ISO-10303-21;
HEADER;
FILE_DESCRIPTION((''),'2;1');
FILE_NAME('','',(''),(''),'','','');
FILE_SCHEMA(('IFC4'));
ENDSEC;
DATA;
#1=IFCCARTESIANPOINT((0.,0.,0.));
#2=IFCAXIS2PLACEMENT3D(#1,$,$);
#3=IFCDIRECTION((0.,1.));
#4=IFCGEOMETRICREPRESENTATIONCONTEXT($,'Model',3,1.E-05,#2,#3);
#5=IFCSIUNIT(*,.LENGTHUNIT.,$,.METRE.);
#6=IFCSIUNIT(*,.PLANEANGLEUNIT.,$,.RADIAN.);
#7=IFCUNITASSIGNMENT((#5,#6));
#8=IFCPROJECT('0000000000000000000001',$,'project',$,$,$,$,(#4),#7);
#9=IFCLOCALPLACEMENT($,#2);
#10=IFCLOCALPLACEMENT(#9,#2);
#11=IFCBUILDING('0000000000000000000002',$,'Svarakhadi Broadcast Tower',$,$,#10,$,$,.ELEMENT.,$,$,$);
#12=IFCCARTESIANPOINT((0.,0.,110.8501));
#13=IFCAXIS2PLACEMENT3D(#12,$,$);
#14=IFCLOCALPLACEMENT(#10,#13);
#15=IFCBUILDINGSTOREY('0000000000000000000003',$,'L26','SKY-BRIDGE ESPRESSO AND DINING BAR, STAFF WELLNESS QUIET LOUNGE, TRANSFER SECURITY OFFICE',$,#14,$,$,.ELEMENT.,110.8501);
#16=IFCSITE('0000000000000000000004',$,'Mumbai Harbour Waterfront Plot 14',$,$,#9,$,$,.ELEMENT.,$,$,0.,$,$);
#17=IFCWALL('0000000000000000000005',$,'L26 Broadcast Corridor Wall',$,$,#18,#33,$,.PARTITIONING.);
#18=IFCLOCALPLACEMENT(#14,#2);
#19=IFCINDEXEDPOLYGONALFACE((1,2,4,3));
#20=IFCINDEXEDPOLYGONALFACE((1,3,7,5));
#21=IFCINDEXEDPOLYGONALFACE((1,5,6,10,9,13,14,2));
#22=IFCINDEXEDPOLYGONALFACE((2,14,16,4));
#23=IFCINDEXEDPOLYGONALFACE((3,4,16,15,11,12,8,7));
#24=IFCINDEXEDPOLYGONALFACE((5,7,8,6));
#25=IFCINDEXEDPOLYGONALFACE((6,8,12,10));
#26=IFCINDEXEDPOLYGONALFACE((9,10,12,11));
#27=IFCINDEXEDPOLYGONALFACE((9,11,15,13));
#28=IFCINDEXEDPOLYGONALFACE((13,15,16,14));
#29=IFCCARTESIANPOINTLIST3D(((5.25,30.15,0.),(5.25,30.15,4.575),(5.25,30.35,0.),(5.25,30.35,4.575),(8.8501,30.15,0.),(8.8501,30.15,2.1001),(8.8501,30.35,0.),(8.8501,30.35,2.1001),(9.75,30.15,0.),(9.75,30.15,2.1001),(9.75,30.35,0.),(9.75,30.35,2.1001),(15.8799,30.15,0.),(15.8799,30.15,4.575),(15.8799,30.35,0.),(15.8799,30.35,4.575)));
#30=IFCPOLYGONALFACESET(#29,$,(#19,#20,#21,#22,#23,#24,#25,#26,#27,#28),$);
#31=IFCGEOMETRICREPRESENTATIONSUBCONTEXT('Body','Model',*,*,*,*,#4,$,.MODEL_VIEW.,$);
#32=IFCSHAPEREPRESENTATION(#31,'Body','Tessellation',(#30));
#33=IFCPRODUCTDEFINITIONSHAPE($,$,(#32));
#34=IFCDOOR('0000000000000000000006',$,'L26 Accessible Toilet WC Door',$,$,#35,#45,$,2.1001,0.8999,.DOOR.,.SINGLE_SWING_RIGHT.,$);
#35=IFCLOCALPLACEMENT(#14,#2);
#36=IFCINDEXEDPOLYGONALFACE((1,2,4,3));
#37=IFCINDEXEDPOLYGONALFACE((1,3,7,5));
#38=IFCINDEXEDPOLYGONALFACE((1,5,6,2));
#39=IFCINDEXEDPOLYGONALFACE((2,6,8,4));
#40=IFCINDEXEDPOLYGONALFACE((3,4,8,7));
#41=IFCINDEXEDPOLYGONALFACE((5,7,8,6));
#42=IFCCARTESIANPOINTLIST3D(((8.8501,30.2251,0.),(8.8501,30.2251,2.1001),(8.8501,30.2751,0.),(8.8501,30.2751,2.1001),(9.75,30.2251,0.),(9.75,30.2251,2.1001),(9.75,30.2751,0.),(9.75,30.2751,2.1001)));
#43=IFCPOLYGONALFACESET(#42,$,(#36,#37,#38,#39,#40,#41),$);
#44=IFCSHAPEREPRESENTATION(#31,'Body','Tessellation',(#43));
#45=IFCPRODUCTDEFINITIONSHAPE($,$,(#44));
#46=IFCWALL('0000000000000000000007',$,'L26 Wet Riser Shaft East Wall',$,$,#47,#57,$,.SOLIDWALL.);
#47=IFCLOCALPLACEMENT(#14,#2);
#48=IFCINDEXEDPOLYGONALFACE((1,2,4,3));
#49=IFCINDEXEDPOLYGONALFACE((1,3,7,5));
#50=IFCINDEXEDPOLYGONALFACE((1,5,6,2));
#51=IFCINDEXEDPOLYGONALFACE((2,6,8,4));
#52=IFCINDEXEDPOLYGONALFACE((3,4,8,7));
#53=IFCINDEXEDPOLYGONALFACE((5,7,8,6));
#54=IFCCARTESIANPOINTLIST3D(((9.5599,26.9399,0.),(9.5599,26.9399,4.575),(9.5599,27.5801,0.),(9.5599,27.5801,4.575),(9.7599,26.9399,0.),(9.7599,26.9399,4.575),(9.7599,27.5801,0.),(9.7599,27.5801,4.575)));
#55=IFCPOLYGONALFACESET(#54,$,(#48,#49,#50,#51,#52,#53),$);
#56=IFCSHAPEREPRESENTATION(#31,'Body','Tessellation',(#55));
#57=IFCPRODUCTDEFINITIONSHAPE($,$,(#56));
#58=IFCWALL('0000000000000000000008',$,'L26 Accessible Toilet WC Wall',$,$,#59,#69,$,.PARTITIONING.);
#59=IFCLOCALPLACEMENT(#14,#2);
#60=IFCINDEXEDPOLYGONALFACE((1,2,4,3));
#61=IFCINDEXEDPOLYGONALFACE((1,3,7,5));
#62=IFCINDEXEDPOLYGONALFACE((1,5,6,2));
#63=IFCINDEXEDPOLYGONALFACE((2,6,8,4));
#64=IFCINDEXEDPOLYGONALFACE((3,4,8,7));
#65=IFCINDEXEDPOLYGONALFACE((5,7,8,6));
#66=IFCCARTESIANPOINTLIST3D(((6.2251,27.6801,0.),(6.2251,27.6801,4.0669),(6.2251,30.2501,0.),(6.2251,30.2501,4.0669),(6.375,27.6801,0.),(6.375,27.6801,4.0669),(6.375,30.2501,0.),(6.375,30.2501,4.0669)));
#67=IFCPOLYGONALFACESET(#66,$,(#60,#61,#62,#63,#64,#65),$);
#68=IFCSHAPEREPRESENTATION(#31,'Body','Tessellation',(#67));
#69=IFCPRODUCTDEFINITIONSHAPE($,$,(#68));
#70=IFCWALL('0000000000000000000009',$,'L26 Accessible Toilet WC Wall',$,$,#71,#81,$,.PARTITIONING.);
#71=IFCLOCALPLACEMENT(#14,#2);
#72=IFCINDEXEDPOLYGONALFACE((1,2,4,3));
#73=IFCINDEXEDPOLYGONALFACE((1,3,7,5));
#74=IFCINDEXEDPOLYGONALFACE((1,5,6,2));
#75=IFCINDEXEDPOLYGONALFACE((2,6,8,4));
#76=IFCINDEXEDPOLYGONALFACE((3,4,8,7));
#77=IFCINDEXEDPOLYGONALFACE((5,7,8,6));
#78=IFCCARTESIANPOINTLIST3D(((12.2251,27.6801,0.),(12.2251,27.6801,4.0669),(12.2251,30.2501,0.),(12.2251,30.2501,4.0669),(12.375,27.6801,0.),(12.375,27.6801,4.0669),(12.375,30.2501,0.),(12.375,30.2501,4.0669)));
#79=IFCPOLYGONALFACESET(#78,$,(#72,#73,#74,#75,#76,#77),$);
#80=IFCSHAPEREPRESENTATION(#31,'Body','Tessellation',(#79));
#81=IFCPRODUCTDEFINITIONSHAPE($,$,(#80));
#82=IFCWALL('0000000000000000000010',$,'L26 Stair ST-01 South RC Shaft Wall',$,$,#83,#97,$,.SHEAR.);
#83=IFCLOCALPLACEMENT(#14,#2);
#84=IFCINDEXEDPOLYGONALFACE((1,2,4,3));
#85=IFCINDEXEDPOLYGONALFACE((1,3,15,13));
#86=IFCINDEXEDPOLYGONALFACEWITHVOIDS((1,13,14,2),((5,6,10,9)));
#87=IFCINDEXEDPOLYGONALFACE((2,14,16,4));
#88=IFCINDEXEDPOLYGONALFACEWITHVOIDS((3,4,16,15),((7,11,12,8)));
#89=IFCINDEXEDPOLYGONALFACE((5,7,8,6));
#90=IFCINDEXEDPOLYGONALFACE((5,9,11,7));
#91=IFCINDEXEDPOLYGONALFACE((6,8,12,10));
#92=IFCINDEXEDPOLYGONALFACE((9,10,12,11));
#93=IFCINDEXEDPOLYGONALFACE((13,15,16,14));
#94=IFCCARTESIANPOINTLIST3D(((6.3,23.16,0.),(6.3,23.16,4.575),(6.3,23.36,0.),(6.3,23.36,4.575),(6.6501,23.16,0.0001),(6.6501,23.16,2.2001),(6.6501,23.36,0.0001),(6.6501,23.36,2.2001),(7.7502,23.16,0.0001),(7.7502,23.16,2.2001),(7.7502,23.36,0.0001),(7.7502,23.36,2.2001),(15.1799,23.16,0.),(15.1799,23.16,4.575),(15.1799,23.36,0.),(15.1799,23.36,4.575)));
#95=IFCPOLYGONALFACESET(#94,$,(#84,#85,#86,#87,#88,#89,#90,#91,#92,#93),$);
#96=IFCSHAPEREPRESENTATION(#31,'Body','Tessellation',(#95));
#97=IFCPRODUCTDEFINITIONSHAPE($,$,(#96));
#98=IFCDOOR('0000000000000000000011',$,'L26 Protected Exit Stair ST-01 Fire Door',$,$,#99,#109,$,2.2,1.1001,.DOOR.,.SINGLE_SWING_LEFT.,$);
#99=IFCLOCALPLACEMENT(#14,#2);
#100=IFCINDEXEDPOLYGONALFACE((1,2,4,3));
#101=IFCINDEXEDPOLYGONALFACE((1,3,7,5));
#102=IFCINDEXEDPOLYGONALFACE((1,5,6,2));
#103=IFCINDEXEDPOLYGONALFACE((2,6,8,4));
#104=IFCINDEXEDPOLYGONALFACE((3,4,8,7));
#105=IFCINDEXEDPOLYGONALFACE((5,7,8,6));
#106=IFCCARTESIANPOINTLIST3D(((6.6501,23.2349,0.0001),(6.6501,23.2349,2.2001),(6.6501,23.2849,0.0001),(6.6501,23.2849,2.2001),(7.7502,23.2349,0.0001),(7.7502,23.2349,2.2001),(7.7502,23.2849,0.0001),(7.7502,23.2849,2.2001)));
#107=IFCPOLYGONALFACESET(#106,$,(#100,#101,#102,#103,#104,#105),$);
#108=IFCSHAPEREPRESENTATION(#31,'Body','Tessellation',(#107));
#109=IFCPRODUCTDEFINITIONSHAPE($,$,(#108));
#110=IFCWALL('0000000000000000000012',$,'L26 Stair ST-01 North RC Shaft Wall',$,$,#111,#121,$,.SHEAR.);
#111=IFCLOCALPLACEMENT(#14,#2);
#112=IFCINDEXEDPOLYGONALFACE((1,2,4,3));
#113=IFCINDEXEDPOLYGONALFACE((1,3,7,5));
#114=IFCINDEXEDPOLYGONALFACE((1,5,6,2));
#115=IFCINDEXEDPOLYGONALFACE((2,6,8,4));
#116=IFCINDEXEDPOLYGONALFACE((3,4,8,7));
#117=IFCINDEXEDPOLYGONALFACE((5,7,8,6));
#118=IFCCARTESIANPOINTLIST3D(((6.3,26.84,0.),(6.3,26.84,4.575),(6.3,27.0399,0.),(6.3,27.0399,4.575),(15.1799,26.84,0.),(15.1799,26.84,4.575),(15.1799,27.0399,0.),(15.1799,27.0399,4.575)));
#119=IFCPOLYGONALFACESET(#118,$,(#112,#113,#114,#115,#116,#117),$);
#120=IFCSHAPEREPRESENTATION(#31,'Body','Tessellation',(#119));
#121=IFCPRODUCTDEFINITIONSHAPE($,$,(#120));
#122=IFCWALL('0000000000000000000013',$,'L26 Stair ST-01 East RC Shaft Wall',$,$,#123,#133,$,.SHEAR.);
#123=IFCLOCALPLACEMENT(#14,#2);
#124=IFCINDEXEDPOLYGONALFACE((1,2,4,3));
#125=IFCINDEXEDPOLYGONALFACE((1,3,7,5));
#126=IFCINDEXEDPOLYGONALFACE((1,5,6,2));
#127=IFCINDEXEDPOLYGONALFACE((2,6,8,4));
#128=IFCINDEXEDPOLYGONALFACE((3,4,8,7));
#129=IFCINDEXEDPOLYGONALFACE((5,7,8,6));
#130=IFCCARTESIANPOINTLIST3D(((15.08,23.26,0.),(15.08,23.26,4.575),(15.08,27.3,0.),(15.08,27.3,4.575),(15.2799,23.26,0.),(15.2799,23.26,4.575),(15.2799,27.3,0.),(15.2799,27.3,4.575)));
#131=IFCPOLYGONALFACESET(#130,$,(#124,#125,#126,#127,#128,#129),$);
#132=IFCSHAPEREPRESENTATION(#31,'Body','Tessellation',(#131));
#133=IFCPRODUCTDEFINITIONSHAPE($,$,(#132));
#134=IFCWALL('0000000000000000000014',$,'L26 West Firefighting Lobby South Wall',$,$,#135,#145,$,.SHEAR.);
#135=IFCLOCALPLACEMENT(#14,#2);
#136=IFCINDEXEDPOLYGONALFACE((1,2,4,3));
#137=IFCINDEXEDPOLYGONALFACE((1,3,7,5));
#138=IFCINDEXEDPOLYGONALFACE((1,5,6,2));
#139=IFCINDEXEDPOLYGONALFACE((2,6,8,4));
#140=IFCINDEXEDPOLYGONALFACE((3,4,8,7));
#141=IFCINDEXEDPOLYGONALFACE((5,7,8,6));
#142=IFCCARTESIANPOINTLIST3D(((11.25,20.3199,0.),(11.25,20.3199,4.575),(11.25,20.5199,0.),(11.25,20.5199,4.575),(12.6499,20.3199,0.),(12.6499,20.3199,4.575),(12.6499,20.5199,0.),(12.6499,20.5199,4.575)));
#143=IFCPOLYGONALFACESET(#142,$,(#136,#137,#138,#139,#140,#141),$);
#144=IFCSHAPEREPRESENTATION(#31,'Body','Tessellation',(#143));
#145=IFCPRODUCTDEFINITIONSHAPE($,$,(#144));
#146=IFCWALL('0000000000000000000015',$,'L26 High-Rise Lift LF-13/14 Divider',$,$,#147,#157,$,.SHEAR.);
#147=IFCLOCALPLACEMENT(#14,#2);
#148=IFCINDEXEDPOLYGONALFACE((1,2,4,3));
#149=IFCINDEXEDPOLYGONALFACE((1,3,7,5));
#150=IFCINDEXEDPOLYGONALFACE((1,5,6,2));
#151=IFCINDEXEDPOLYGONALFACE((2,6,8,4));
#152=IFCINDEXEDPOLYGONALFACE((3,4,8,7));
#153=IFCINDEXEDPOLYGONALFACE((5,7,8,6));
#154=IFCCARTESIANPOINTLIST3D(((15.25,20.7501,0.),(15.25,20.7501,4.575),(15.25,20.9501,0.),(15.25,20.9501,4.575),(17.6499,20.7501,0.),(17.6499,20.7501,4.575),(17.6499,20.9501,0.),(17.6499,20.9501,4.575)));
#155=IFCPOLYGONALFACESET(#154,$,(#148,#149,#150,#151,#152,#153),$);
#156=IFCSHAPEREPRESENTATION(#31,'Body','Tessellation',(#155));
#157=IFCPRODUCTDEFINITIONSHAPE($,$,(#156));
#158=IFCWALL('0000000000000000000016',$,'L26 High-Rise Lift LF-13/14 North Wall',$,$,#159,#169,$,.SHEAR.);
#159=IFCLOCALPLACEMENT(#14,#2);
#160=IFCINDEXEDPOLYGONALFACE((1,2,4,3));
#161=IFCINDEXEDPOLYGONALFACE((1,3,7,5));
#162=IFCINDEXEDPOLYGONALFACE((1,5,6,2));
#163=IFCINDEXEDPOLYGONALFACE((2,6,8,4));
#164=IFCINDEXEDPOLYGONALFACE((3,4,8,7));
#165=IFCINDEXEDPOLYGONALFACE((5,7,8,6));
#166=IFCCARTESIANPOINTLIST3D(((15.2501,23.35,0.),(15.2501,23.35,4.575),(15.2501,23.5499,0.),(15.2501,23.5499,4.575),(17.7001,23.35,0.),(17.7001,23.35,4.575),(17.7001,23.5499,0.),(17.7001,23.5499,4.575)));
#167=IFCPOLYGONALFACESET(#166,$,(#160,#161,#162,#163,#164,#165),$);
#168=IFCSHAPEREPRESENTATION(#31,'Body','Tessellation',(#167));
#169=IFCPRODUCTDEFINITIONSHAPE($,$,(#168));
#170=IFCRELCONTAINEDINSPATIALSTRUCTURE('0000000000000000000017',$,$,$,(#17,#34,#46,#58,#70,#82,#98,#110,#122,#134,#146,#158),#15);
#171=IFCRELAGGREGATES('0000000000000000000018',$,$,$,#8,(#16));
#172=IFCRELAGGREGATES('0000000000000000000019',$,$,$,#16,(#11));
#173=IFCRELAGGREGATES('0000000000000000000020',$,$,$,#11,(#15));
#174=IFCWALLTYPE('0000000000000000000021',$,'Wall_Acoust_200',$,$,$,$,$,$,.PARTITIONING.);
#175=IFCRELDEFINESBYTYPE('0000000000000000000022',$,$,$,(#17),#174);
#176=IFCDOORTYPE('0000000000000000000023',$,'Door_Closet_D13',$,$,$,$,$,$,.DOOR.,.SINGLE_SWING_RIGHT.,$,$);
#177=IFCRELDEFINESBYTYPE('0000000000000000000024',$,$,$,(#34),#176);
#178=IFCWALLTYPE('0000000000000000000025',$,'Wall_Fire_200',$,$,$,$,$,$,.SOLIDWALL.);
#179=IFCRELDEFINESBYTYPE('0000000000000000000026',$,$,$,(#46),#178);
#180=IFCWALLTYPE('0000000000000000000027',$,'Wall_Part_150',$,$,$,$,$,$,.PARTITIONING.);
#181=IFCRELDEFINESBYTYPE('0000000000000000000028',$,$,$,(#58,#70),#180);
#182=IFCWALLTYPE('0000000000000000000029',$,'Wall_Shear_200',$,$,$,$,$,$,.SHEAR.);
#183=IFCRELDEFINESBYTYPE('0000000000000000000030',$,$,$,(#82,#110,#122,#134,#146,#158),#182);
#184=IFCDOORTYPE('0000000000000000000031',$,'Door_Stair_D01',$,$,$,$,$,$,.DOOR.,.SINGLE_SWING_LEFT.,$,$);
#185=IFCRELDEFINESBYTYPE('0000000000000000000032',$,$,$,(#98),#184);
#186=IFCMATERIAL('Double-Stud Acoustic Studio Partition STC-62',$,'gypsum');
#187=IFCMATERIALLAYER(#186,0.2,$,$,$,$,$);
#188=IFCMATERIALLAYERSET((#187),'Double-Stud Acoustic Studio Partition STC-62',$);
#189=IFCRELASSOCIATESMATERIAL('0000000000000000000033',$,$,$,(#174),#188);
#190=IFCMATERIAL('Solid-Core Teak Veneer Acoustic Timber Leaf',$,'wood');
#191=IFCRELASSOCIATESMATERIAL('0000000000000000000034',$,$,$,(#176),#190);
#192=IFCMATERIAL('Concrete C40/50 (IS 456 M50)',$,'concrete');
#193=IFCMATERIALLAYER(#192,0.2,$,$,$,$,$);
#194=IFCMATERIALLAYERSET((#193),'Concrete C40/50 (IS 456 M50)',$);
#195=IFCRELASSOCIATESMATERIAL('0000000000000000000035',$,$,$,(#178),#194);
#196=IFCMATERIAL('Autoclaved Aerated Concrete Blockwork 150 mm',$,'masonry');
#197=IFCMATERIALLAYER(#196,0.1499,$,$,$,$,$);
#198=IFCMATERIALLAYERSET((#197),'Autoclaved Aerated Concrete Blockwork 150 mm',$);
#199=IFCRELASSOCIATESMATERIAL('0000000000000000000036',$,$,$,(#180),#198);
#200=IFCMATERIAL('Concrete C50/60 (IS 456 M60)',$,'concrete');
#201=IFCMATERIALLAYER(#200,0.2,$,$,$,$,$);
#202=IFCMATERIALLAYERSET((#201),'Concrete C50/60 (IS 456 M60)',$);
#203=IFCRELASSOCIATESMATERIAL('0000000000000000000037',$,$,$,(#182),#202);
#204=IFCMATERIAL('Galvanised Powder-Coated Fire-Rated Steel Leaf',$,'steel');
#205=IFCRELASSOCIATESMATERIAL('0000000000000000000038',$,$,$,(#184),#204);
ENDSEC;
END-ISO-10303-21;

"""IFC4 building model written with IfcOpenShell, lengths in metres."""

from ifc_helpers import new_model, si_unit, direction, frame, frame_2d, origin, place, context, subcontext, project, spatial, rectangle, extrude, material, layer, layer_set, type_object, element, fill, save


model = new_model("IFC4")

# Units and contexts
model_context = context("Model", 3, precision=1e-05, world=origin(), true_north=direction((0.0, 1.0)))
body_context = subcontext(model_context, "Body", "Model", "MODEL_VIEW")
ifc_project = project(units=[si_unit("LENGTHUNIT", "METRE"), si_unit("PLANEANGLEUNIT", "RADIAN")], contexts=[model_context])

# Site, building, storey
site_placement = place(None, origin())
site = spatial("IfcSite", under=ifc_project, at=site_placement, Name="Mumbai Harbour Waterfront Plot 14", CompositionType="ELEMENT", RefElevation=0.0)
building_placement = place(site_placement, origin())
building = spatial("IfcBuilding", under=site, at=building_placement, Name="Svarakhadi Broadcast Tower", CompositionType="ELEMENT")
storey_placement = place(building_placement, frame((0.0, 0.0, 110.8501)))
storey = spatial("IfcBuildingStorey", under=building, at=storey_placement, Name="L26", Description="SKY-BRIDGE ESPRESSO AND DINING BAR, STAFF WELLNESS QUIET LOUNGE, TRANSFER SECURITY OFFICE", CompositionType="ELEMENT", Elevation=110.8501)

# Shared definitions
ifc_material_1 = material(Name="Concrete C50/60 (IS 456 M60)", Category="concrete")

# Shared definitions
ifc_material_2 = material(Name="Double-Stud Acoustic Studio Partition STC-62", Category="gypsum")
ifc_layer_1 = layer(ifc_material_2, 0.2)
ifc_layer_set_1 = layer_set([ifc_layer_1], Name="Double-Stud Acoustic Studio Partition STC-62")
wall_type_1 = type_object("IfcWallType", Name="Wall_Acoust_200", PredefinedType="PARTITIONING", material=ifc_layer_set_1)

# Wall, opening, door
wall_1_placement = place(storey_placement, frame((15.8799, 30.25, 0.0), z_axis=(0.0, 0.0, 1.0), x_axis=(-1.0, 0.0, 0.0)))
wall_1 = element("IfcWall", 1, at=wall_1_placement, inside=storey, type_object=wall_type_1, Name="L26 Broadcast Corridor Wall", PredefinedType="PARTITIONING", context=body_context, shape_type="SweptSolid", body=[
    extrude(rectangle(XDim=10.6299, YDim=0.2, at=frame_2d((5.3149, 0.0))), origin(), (0.0, 0.0, 1.0), 4.575),
])
opening_1_placement = place(wall_1_placement, frame((6.1299, 0.0, 0.0)))
opening_1 = element("IfcOpeningElement", 2, at=opening_1_placement, cuts=wall_1, PredefinedType="OPENING", context=body_context, shape_type="SweptSolid", body=[
    extrude(rectangle(XDim=0.8999, YDim=2.1001, at=frame_2d((0.45, 1.05))), frame((0.0, 0.1099, 0.0), z_axis=(0.0, -1.0, 0.0), x_axis=(1.0, 0.0, 0.0)), (0.0, 0.0, 1.0), 0.22),
])
ifc_material_3 = material(Name="Solid-Core Teak Veneer Acoustic Timber Leaf", Category="wood")
door_type_1 = type_object("IfcDoorType", Name="Door_Closet_D13", OperationType="SINGLE_SWING_RIGHT", PredefinedType="DOOR", material=ifc_material_3)
door_1_placement = place(opening_1_placement, origin())
door_1 = element("IfcDoor", 3, at=door_1_placement, inside=storey, type_object=door_type_1, Name="L26 Accessible Toilet WC Door", OperationType="SINGLE_SWING_RIGHT", OverallHeight=2.1001, OverallWidth=0.8999, PredefinedType="DOOR", context=body_context, shape_type="SweptSolid", body=[
    extrude(rectangle(XDim=0.8999, YDim=2.1001, at=frame_2d((0.45, 1.05))), frame((0.0, 0.0249, 0.0), z_axis=(0.0, -1.0, 0.0), x_axis=(1.0, 0.0, 0.0)), (0.0, 0.0, 1.0), 0.05),
])
fill(opening_1, door_1)

# Wall
ifc_material_4 = material(Name="Concrete C40/50 (IS 456 M50)", Category="concrete")
ifc_layer_2 = layer(ifc_material_4, 0.2)
ifc_layer_set_2 = layer_set([ifc_layer_2], Name="Concrete C40/50 (IS 456 M50)")
wall_type_2 = type_object("IfcWallType", Name="Wall_Fire_200", PredefinedType="SOLIDWALL", material=ifc_layer_set_2)
wall_2_placement = place(storey_placement, frame((9.6599, 26.9399, 0.0), z_axis=(0.0, 0.0, 1.0), x_axis=(0.0, 1.0, 0.0)))
element("IfcWall", 4, at=wall_2_placement, inside=storey, type_object=wall_type_2, Name="L26 Wet Riser Shaft East Wall", PredefinedType="SOLIDWALL", context=body_context, shape_type="SweptSolid", body=[
    extrude(rectangle(XDim=0.6401, YDim=0.2, at=frame_2d((0.3201, 0.0))), origin(), (0.0, 0.0, 1.0), 4.575),
])

# Shared definitions
ifc_material_5 = material(Name="Autoclaved Aerated Concrete Blockwork 150 mm", Category="masonry")
ifc_layer_3 = layer(ifc_material_5, 0.1499)
ifc_layer_set_3 = layer_set([ifc_layer_3], Name="Autoclaved Aerated Concrete Blockwork 150 mm")
wall_type_3 = type_object("IfcWallType", Name="Wall_Part_150", PredefinedType="PARTITIONING", material=ifc_layer_set_3)
ifc_material_6 = material(Name="Galvanised Powder-Coated Fire-Rated Steel Leaf", Category="steel")

# Walls
for number, where, z_axis, x_axis, name in (
    (5, (6.3, 27.6799, 0.0), (0.0, 0.0, 1.0), (0.0, 1.0, 0.0), "L26 Accessible Toilet WC Wall"),
    (6, (12.3, 27.6799, 0.0), (0.0, 0.0, 1.0), (0.0, 1.0, 0.0), "L26 Accessible Toilet WC Wall"),
):
    element("IfcWall", number, at=place(storey_placement, frame(where, z_axis=z_axis, x_axis=x_axis)), inside=storey, type_object=wall_type_3, Name=name, PredefinedType="PARTITIONING", context=body_context, shape_type="SweptSolid", body=[
        extrude(rectangle(XDim=2.5701, YDim=0.1499, at=frame_2d((1.2852, 0.0))), origin(), (0.0, 0.0, 1.0), 4.0669),
    ])

# Wall, opening, door
ifc_layer_4 = layer(ifc_material_1, 0.2)
ifc_layer_set_4 = layer_set([ifc_layer_4], Name="Concrete C50/60 (IS 456 M60)")
wall_type_4 = type_object("IfcWallType", Name="Wall_Shear_200", PredefinedType="SHEAR", material=ifc_layer_set_4)
wall_3_placement = place(storey_placement, frame((6.3, 23.26, 0.0), z_axis=(0.0, 0.0, 1.0), x_axis=(1.0, 0.0, 0.0)))
wall_3 = element("IfcWall", 7, at=wall_3_placement, inside=storey, type_object=wall_type_4, Name="L26 Stair ST-01 South RC Shaft Wall", PredefinedType="SHEAR", context=body_context, shape_type="SweptSolid", body=[
    extrude(rectangle(XDim=8.8799, YDim=0.2, at=frame_2d((4.4399, 0.0))), origin(), (0.0, 0.0, 1.0), 4.575),
])
opening_2_placement = place(wall_3_placement, frame((0.3501, 0.0, 0.0)))
opening_2 = element("IfcOpeningElement", 8, at=opening_2_placement, cuts=wall_3, PredefinedType="OPENING", context=body_context, shape_type="SweptSolid", body=[
    extrude(rectangle(XDim=1.1001, YDim=2.2, at=frame_2d((0.55, 1.1001))), frame((0.0, 0.1099, 0.0), z_axis=(0.0, -1.0, 0.0), x_axis=(1.0, 0.0, 0.0)), (0.0, 0.0, 1.0), 0.22),
])
door_type_2 = type_object("IfcDoorType", Name="Door_Stair_D01", OperationType="SINGLE_SWING_LEFT", PredefinedType="DOOR", material=ifc_material_6)
door_2_placement = place(opening_2_placement, origin())
door_2 = element("IfcDoor", 9, at=door_2_placement, inside=storey, type_object=door_type_2, Name="L26 Protected Exit Stair ST-01 Fire Door", OperationType="SINGLE_SWING_LEFT", OverallHeight=2.2, OverallWidth=1.1001, PredefinedType="DOOR", context=body_context, shape_type="SweptSolid", body=[
    extrude(rectangle(XDim=1.1001, YDim=2.2, at=frame_2d((0.55, 1.1001))), frame((0.0, 0.0249, 0.0), z_axis=(0.0, -1.0, 0.0), x_axis=(1.0, 0.0, 0.0)), (0.0, 0.0, 1.0), 0.05),
])
fill(opening_2, door_2)

# Walls
wall_4_placement = place(storey_placement, frame((6.3, 26.9399, 0.0), z_axis=(0.0, 0.0, 1.0), x_axis=(1.0, 0.0, 0.0)))
element("IfcWall", 10, at=wall_4_placement, inside=storey, type_object=wall_type_4, Name="L26 Stair ST-01 North RC Shaft Wall", PredefinedType="SHEAR", context=body_context, shape_type="SweptSolid", body=[
    extrude(rectangle(XDim=8.8799, YDim=0.2, at=frame_2d((4.4399, 0.0))), origin(), (0.0, 0.0, 1.0), 4.575),
])
wall_5_placement = place(storey_placement, frame((15.1799, 23.26, 0.0), z_axis=(0.0, 0.0, 1.0), x_axis=(0.0, 1.0, 0.0)))
element("IfcWall", 11, at=wall_5_placement, inside=storey, type_object=wall_type_4, Name="L26 Stair ST-01 East RC Shaft Wall", PredefinedType="SHEAR", context=body_context, shape_type="SweptSolid", body=[
    extrude(rectangle(XDim=4.04, YDim=0.2, at=frame_2d((2.02, 0.0))), origin(), (0.0, 0.0, 1.0), 4.575),
])
wall_6_placement = place(storey_placement, frame((11.25, 20.4199, 0.0), z_axis=(0.0, 0.0, 1.0), x_axis=(1.0, 0.0, 0.0)))
element("IfcWall", 12, at=wall_6_placement, inside=storey, type_object=wall_type_4, Name="L26 West Firefighting Lobby South Wall", PredefinedType="SHEAR", context=body_context, shape_type="SweptSolid", body=[
    extrude(rectangle(XDim=1.3999, YDim=0.2, at=frame_2d((0.7, 0.0))), origin(), (0.0, 0.0, 1.0), 4.575),
])

# Walls
wall_7_placement = place(storey_placement, frame((15.25, 20.8501, 0.0), z_axis=(0.0, 0.0, 1.0), x_axis=(1.0, 0.0, 0.0)))
element("IfcWall", 13, at=wall_7_placement, inside=storey, type_object=wall_type_4, Name="L26 High-Rise Lift LF-13/14 Divider", PredefinedType="SHEAR", context=body_context, shape_type="SweptSolid", body=[
    extrude(rectangle(XDim=2.3999, YDim=0.2, at=frame_2d((1.2, 0.0))), origin(), (0.0, 0.0, 1.0), 4.575),
])
wall_8_placement = place(storey_placement, frame((15.25, 23.45, 0.0), z_axis=(0.0, 0.0, 1.0), x_axis=(1.0, 0.0, 0.0)))
element("IfcWall", 14, at=wall_8_placement, inside=storey, type_object=wall_type_4, Name="L26 High-Rise Lift LF-13/14 North Wall", PredefinedType="SHEAR", context=body_context, shape_type="SweptSolid", body=[
    extrude(rectangle(XDim=2.45, YDim=0.2, at=frame_2d((1.2251, 0.0))), origin(), (0.0, 0.0, 1.0), 4.575),
])

save(model, "model.ifc")
